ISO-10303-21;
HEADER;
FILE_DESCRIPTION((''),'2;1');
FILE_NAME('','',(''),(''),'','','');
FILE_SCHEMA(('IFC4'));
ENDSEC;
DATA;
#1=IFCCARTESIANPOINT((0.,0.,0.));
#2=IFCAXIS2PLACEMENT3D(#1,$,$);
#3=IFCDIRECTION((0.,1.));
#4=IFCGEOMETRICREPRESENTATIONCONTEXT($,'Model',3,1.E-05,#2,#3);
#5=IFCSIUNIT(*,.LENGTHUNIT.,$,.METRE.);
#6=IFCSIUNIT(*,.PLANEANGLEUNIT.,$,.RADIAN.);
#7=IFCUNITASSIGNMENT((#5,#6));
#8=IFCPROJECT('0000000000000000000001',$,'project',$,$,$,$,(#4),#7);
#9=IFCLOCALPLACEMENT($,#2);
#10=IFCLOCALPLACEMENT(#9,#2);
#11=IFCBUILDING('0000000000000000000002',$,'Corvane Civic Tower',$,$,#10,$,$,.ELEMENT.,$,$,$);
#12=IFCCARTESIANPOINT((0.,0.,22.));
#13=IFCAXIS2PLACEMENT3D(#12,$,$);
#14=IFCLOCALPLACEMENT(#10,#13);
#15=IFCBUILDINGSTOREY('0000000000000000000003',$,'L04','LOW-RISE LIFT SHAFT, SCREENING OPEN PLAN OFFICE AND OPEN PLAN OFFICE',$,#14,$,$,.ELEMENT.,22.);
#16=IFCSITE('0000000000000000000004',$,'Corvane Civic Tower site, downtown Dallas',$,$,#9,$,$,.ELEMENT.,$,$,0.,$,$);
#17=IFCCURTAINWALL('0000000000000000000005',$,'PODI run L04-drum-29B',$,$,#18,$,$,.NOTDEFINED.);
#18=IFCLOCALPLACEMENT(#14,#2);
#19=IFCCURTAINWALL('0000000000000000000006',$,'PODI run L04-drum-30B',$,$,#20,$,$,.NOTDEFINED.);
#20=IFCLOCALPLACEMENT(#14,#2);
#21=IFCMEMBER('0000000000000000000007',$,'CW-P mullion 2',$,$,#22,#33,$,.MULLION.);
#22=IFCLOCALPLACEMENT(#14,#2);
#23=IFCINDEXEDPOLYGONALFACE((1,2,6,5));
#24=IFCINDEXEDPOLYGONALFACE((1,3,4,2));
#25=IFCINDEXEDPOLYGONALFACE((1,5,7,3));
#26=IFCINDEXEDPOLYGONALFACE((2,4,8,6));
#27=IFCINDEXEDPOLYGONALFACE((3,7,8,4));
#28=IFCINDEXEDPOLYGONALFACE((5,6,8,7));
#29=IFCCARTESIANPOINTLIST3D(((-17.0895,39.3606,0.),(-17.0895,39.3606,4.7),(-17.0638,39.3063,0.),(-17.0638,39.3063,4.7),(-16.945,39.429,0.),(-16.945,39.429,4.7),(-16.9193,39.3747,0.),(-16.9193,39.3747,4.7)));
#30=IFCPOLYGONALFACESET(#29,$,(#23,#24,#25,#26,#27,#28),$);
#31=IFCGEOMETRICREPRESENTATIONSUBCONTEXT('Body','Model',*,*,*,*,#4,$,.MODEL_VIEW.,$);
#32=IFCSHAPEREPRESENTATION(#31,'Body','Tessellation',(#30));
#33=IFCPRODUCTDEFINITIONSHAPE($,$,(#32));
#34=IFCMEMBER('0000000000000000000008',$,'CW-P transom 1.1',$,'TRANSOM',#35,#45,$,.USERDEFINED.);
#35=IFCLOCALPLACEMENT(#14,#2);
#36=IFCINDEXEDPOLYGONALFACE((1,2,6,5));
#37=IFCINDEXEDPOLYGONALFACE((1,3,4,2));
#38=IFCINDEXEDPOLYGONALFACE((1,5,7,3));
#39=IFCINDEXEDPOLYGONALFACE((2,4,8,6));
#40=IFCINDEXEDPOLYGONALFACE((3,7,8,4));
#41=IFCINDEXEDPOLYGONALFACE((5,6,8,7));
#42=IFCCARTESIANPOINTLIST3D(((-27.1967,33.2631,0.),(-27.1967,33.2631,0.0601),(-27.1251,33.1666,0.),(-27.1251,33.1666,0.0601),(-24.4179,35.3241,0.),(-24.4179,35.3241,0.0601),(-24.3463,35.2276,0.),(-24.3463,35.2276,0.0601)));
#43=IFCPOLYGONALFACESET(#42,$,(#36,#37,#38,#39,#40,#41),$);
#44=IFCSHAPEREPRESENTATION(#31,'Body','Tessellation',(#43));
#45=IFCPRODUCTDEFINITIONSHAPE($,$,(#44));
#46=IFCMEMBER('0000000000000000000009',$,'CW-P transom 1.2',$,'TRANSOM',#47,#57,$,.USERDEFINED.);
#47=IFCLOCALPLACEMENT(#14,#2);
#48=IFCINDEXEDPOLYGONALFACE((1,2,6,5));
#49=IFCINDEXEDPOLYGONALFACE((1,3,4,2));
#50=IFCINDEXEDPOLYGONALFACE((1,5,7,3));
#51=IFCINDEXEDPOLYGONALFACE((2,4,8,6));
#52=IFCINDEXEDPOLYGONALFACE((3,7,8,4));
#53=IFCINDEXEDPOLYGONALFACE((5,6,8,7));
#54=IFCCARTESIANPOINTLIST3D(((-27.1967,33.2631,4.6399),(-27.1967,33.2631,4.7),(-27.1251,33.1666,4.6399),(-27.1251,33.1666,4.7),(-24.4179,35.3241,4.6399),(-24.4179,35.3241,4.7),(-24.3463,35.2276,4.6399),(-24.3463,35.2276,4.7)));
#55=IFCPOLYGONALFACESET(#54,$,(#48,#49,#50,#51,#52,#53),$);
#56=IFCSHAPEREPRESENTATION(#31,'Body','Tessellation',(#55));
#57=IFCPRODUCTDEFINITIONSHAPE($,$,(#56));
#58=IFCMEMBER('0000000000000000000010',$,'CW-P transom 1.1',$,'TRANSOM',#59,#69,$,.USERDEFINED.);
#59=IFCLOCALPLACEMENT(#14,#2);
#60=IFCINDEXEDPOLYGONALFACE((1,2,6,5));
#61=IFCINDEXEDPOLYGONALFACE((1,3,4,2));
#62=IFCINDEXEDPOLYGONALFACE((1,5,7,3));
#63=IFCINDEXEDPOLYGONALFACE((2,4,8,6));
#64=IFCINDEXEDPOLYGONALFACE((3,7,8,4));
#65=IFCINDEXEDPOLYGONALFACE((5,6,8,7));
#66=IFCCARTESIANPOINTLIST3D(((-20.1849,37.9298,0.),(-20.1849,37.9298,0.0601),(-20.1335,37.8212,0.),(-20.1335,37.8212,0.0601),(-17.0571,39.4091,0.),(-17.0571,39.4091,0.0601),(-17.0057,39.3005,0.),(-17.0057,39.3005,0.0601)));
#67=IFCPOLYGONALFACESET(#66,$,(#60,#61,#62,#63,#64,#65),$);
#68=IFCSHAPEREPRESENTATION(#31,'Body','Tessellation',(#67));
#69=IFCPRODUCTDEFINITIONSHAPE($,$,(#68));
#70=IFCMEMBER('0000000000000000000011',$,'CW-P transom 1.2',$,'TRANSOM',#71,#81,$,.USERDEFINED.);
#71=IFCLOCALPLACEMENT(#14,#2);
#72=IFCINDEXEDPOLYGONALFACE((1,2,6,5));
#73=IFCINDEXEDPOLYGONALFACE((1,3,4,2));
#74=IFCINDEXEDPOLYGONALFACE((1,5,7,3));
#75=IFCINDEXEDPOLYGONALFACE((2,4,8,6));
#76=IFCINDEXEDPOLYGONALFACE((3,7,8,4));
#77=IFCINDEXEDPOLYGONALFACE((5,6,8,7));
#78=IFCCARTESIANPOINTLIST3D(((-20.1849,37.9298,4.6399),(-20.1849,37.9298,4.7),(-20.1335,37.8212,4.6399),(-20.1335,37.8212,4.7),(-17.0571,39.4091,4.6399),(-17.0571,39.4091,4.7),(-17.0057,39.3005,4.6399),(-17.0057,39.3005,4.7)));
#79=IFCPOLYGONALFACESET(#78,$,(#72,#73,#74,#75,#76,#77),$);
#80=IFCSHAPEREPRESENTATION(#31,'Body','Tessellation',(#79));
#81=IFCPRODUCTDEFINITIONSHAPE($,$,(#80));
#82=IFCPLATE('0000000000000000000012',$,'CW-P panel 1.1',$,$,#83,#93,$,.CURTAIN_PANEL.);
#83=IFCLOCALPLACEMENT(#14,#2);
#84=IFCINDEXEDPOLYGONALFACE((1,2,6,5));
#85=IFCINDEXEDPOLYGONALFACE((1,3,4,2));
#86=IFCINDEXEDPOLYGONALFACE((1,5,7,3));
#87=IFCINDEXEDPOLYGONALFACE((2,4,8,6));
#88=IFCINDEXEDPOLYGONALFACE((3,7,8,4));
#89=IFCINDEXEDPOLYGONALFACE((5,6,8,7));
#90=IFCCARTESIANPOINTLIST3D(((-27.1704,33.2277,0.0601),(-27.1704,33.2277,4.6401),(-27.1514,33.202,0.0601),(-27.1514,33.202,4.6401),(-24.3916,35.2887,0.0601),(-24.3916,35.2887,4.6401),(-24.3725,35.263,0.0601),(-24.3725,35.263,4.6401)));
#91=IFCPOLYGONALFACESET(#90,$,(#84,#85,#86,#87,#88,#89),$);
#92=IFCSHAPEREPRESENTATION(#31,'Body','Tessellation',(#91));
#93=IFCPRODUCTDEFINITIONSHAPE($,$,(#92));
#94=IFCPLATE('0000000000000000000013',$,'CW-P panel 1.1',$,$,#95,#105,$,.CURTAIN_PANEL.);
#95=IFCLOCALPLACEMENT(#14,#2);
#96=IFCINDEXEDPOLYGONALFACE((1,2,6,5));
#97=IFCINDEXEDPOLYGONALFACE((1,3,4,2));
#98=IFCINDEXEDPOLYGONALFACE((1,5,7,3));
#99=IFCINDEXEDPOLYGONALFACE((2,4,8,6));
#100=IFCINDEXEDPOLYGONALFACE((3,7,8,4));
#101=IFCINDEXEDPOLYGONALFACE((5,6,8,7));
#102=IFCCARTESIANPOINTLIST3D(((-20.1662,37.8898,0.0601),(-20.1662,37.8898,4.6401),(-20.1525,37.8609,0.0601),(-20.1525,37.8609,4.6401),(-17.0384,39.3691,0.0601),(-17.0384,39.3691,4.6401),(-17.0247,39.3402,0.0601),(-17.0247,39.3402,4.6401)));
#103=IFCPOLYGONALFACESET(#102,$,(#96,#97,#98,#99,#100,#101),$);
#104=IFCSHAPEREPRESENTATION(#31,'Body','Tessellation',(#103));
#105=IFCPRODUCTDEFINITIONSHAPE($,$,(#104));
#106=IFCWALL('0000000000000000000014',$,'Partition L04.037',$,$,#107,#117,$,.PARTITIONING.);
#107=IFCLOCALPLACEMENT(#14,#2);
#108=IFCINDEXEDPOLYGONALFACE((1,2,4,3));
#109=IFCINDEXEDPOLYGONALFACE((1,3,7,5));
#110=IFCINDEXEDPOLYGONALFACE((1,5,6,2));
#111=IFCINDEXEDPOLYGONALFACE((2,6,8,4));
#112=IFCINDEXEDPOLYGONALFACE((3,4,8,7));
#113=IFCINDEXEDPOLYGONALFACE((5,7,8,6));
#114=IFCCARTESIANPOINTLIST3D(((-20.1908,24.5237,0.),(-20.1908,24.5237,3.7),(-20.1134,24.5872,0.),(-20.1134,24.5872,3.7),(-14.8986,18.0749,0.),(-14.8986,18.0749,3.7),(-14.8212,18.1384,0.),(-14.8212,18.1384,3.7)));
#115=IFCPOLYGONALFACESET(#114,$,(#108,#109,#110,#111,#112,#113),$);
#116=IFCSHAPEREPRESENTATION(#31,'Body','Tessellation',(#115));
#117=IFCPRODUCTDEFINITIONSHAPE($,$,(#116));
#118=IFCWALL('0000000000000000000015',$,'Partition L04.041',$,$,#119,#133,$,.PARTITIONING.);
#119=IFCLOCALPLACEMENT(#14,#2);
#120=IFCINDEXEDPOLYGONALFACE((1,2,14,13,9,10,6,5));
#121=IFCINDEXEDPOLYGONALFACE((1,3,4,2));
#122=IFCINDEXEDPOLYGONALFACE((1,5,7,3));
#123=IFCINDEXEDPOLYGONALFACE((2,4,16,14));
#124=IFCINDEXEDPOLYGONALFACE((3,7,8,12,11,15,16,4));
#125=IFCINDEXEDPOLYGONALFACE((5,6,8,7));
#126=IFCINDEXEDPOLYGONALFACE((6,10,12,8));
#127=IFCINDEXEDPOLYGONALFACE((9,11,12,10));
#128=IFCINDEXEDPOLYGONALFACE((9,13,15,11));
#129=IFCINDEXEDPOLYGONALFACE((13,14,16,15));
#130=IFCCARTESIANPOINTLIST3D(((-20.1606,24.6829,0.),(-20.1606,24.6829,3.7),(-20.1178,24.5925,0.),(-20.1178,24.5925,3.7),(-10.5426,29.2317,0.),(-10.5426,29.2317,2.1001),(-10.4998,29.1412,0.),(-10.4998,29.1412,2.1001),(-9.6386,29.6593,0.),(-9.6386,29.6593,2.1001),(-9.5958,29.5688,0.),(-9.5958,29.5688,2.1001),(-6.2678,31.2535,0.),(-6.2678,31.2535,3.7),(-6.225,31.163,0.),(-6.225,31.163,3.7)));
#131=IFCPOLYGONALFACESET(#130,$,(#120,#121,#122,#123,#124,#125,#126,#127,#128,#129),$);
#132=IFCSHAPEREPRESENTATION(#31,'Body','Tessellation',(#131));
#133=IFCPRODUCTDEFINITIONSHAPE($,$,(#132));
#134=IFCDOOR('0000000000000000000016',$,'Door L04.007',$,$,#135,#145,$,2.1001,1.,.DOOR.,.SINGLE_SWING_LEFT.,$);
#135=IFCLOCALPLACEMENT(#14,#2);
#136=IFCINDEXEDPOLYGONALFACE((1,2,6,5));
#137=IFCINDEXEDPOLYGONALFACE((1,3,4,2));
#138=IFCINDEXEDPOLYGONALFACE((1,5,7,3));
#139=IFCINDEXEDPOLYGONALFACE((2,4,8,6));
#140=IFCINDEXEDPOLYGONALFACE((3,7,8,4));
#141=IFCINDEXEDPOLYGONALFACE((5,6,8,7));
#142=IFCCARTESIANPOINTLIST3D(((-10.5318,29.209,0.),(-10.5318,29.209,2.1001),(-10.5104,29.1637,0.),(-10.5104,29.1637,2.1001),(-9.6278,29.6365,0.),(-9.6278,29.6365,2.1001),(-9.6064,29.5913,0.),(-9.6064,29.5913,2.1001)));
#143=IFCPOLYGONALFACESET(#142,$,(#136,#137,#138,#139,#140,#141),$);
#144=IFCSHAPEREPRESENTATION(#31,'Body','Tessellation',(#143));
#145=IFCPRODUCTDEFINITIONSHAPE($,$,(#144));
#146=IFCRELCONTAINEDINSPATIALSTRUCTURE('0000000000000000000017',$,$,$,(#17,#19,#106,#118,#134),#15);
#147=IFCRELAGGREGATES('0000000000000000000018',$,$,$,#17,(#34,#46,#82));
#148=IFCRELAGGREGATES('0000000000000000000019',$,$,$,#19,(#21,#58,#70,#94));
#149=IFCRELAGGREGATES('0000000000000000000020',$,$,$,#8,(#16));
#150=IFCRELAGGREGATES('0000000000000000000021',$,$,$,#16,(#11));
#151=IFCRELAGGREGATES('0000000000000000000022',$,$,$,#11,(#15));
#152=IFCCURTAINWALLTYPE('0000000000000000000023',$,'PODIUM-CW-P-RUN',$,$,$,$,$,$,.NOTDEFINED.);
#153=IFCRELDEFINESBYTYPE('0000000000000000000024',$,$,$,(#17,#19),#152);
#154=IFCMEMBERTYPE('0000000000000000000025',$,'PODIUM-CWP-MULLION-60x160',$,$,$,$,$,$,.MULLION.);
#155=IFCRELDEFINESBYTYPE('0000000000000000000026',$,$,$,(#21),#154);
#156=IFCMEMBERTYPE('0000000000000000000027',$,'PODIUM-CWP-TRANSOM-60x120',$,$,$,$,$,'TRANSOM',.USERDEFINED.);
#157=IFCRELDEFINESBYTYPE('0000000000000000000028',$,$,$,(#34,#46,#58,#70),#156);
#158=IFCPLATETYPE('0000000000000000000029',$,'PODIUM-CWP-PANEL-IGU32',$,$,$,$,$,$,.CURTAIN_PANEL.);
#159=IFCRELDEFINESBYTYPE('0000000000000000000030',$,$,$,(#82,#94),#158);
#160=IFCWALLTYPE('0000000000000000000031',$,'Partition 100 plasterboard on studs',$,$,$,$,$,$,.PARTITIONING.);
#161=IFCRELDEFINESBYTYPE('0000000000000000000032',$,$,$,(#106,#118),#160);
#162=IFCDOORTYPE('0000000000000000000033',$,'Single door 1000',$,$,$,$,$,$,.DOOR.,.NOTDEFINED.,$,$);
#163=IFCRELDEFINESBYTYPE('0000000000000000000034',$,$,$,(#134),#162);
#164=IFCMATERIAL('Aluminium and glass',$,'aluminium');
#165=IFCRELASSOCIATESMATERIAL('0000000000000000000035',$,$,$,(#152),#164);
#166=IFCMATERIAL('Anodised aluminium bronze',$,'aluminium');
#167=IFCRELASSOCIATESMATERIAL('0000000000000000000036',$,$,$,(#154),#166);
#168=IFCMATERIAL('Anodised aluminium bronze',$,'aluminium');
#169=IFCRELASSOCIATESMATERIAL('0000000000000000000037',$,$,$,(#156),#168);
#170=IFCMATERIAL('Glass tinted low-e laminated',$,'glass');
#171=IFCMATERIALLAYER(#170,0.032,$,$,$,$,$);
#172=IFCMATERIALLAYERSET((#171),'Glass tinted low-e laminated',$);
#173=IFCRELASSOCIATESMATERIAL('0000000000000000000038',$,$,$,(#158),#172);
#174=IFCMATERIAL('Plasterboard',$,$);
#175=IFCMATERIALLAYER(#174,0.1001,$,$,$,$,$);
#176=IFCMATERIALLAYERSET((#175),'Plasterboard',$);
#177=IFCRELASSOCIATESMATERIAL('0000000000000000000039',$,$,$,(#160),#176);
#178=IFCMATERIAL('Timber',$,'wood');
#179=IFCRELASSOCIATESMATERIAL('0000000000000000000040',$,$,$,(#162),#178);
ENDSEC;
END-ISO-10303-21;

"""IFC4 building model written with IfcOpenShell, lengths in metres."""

from ifc_helpers import new_model, si_unit, direction, frame, frame_2d, origin, origin_2d, place, context, subcontext, project, spatial, rectangle, extrude, material, layer, layer_set, material_profile, profile_set, type_object, element, fill, aggregate, save


model = new_model("IFC4")

# Units and contexts
model_context = context("Model", 3, precision=1e-05, world=origin(), true_north=direction((0.0, 1.0)))
body_context = subcontext(model_context, "Body", "Model", "MODEL_VIEW")
ifc_project = project(units=[si_unit("LENGTHUNIT", "METRE"), si_unit("PLANEANGLEUNIT", "RADIAN")], contexts=[model_context])

# Site, building, storey
site_placement = place(None, origin())
site = spatial("IfcSite", under=ifc_project, at=site_placement, Name="Corvane Civic Tower site, downtown Dallas", CompositionType="ELEMENT", RefElevation=0.0)
building_placement = place(site_placement, origin())
building = spatial("IfcBuilding", under=site, at=building_placement, Name="Corvane Civic Tower", CompositionType="ELEMENT")
storey_placement = place(building_placement, frame((0.0, 0.0, 22.0)))
storey = spatial("IfcBuildingStorey", under=building, at=storey_placement, Name="L04", Description="LOW-RISE LIFT SHAFT, SCREENING OPEN PLAN OFFICE AND OPEN PLAN OFFICE", CompositionType="ELEMENT", Elevation=22.0)

# Curtain wall
ifc_material_1 = material(Name="Aluminium and glass", Category="aluminium")
curtain_wall_type = type_object("IfcCurtainWallType", Name="PODIUM-CW-P-RUN", PredefinedType="NOTDEFINED", material=ifc_material_1)
curtain_wall_1_placement = place(storey_placement, origin())
curtain_wall_1 = element("IfcCurtainWall", 1, at=curtain_wall_1_placement, inside=storey, type_object=curtain_wall_type, Name="PODI run L04-drum-29B", PredefinedType="NOTDEFINED")
ifc_material_2 = material(Name="Anodised aluminium bronze", Category="aluminium")
ifc_material_profile_1 = material_profile(ifc_material_2, rectangle(XDim=0.0601, YDim=0.1599, at=origin_2d()), Name="AL 60x160")
ifc_profile_set_1 = profile_set([ifc_material_profile_1], Name="Anodised aluminium bronze")
member_type_1 = type_object("IfcMemberType", Name="PODIUM-CWP-MULLION-60x160", PredefinedType="MULLION", material=ifc_profile_set_1)

# Curtain wall, member
curtain_wall_2_placement = place(storey_placement, origin())
curtain_wall_2 = element("IfcCurtainWall", 2, at=curtain_wall_2_placement, inside=storey, type_object=curtain_wall_type, Name="PODI run L04-drum-30B", PredefinedType="NOTDEFINED")
member_1_placement = place(storey_placement, frame((-17.0044, 39.3677, 0.0), z_axis=(0.0, 0.0, 1.0), x_axis=(-0.427553, 0.90399, 0.0)))
member_1 = element("IfcMember", 3, at=member_1_placement, type_object=member_type_1, Name="CW-P mullion 2", PredefinedType="MULLION", context=body_context, shape_type="SweptSolid", body=[
    extrude(rectangle(XDim=0.0601, YDim=0.1599, at=origin_2d()), origin(), (0.0, 0.0, 1.0), 4.7),
])

# Members
ifc_material_3 = material(Name="Anodised aluminium bronze", Category="aluminium")
ifc_material_profile_2 = material_profile(ifc_material_3, rectangle(XDim=0.1201, YDim=0.0601, at=origin_2d()), Name="AL 120x60")
ifc_profile_set_2 = profile_set([ifc_material_profile_2], Name="Anodised aluminium bronze")
member_type_2 = type_object("IfcMemberType", Name="PODIUM-CWP-TRANSOM-60x120", ElementType="TRANSOM", PredefinedType="USERDEFINED", material=ifc_profile_set_2)
member_2_placement = place(storey_placement, frame((-27.1609, 33.2148, 0.03), z_axis=(0.80319, 0.595724, 0.0), x_axis=(-0.595724, 0.80319, 0.0)))
member_2 = element("IfcMember", 4, at=member_2_placement, type_object=member_type_2, Name="CW-P transom 1.1", ObjectType="TRANSOM", PredefinedType="USERDEFINED", context=body_context, shape_type="SweptSolid", body=[
    extrude(rectangle(XDim=0.1201, YDim=0.0601, at=origin_2d()), origin(), (0.0, 0.0, 1.0), 3.4597),
])
member_3_placement = place(storey_placement, frame((-27.1609, 33.2148, 4.6699), z_axis=(0.80319, 0.595724, 0.0), x_axis=(-0.595724, 0.80319, 0.0)))
member_3 = element("IfcMember", 5, at=member_3_placement, type_object=member_type_2, Name="CW-P transom 1.2", ObjectType="TRANSOM", PredefinedType="USERDEFINED", context=body_context, shape_type="SweptSolid", body=[
    extrude(rectangle(XDim=0.1201, YDim=0.0601, at=origin_2d()), origin(), (0.0, 0.0, 1.0), 3.4597),
])
member_4_placement = place(storey_placement, frame((-20.1592, 37.8755, 0.03), z_axis=(0.903993, 0.427546, 0.0), x_axis=(-0.427546, 0.903993, 0.0)))
member_4 = element("IfcMember", 6, at=member_4_placement, type_object=member_type_2, Name="CW-P transom 1.1", ObjectType="TRANSOM", PredefinedType="USERDEFINED", context=body_context, shape_type="SweptSolid", body=[
    extrude(rectangle(XDim=0.1201, YDim=0.0601, at=origin_2d()), origin(), (0.0, 0.0, 1.0), 3.46),
])
member_5_placement = place(storey_placement, frame((-20.1592, 37.8755, 4.6699), z_axis=(0.903993, 0.427546, 0.0), x_axis=(-0.427546, 0.903993, 0.0)))
member_5 = element("IfcMember", 7, at=member_5_placement, type_object=member_type_2, Name="CW-P transom 1.2", ObjectType="TRANSOM", PredefinedType="USERDEFINED", context=body_context, shape_type="SweptSolid", body=[
    extrude(rectangle(XDim=0.1201, YDim=0.0601, at=origin_2d()), origin(), (0.0, 0.0, 1.0), 3.46),
])

# Plates
ifc_material_4 = material(Name="Glass tinted low-e laminated", Category="glass")
ifc_layer_1 = layer(ifc_material_4, 0.032)
ifc_layer_set_1 = layer_set([ifc_layer_1], Name="Glass tinted low-e laminated")
plate_type = type_object("IfcPlateType", Name="PODIUM-CWP-PANEL-IGU32", PredefinedType="CURTAIN_PANEL", material=ifc_layer_set_1)
plate_1_placement = place(storey_placement, frame((-25.7715, 34.2454, 0.0601), z_axis=(0.0, 0.0, 1.0), x_axis=(0.803203, 0.595705, 0.0)))
plate_1 = element("IfcPlate", 8, at=plate_1_placement, type_object=plate_type, Name="CW-P panel 1.1", PredefinedType="CURTAIN_PANEL", context=body_context, shape_type="SweptSolid", body=[
    extrude(rectangle(XDim=3.4597, YDim=0.032, at=origin_2d()), origin(), (0.0, 0.0, 1.0), 4.5801),
])
aggregate(curtain_wall_1, [member_2, member_3, plate_1])
plate_2_placement = place(storey_placement, frame((-18.5955, 38.615, 0.0601), z_axis=(0.0, 0.0, 1.0), x_axis=(0.90399, 0.427553, 0.0)))
plate_2 = element("IfcPlate", 9, at=plate_2_placement, type_object=plate_type, Name="CW-P panel 1.1", PredefinedType="CURTAIN_PANEL", context=body_context, shape_type="SweptSolid", body=[
    extrude(rectangle(XDim=3.46, YDim=0.032, at=origin_2d()), origin(), (0.0, 0.0, 1.0), 4.5801),
])
aggregate(curtain_wall_2, [member_1, member_4, member_5, plate_2])

# Wall
ifc_material_5 = material(Name="Plasterboard")
ifc_layer_2 = layer(ifc_material_5, 0.1001)
ifc_layer_set_2 = layer_set([ifc_layer_2], Name="Plasterboard")
wall_type_1 = type_object("IfcWallType", Name="Partition 100 plasterboard on studs", PredefinedType="PARTITIONING", material=ifc_layer_set_2)
wall_1_placement = place(storey_placement, frame((-20.1521, 24.5554, 0.0), z_axis=(0.0, 0.0, 1.0), x_axis=(0.634386, -0.773016, 0.0)))
element("IfcWall", 10, at=wall_1_placement, inside=storey, type_object=wall_type_1, Name="Partition L04.037", PredefinedType="PARTITIONING", context=body_context, shape_type="SweptSolid", body=[
    extrude(rectangle(XDim=8.3423, YDim=0.1001, at=frame_2d((4.1711, 0.0))), origin(), (0.0, 0.0, 1.0), 3.7),
])

# Wall, opening, door
wall_2_placement = place(storey_placement, frame((-20.1392, 24.6377, 0.0), z_axis=(0.0, 0.0, 1.0), x_axis=(0.903996, 0.427541, 0.0)))
wall_2 = element("IfcWall", 11, at=wall_2_placement, inside=storey, type_object=wall_type_1, Name="Partition L04.041", PredefinedType="PARTITIONING", context=body_context, shape_type="SweptSolid", body=[
    extrude(rectangle(XDim=15.3682, YDim=0.1001, at=frame_2d((7.6841, 0.0))), origin(), (0.0, 0.0, 1.0), 3.7),
])
opening_1_placement = place(wall_2_placement, frame((10.6394, 0.0, 0.0)))
opening_1 = element("IfcOpeningElement", 12, at=opening_1_placement, cuts=wall_2, PredefinedType="OPENING", context=body_context, shape_type="SweptSolid", body=[
    extrude(rectangle(XDim=1.0, YDim=2.1001, at=frame_2d((0.5, 1.05))), frame((0.0, 0.0601, 0.0), z_axis=(0.0, -1.0, 0.0), x_axis=(1.0, 0.0, 0.0)), (0.0, 0.0, 1.0), 0.1201),
])
ifc_material_6 = material(Name="Timber", Category="wood")
door_type_1 = type_object("IfcDoorType", Name="Single door 1000", OperationType="NOTDEFINED", PredefinedType="DOOR", material=ifc_material_6)
door_1_placement = place(opening_1_placement, origin())
door_1 = element("IfcDoor", 13, at=door_1_placement, inside=storey, type_object=door_type_1, Name="Door L04.007", OperationType="SINGLE_SWING_LEFT", OverallHeight=2.1001, OverallWidth=1.0, PredefinedType="DOOR", context=body_context, shape_type="SweptSolid", body=[
    extrude(rectangle(XDim=1.0, YDim=2.1001, at=frame_2d((0.5, 1.05))), frame((0.0, 0.0249, 0.0), z_axis=(0.0, -1.0, 0.0), x_axis=(1.0, 0.0, 0.0)), (0.0, 0.0, 1.0), 0.05),
])
fill(opening_1, door_1)

save(model, "model.ifc")
